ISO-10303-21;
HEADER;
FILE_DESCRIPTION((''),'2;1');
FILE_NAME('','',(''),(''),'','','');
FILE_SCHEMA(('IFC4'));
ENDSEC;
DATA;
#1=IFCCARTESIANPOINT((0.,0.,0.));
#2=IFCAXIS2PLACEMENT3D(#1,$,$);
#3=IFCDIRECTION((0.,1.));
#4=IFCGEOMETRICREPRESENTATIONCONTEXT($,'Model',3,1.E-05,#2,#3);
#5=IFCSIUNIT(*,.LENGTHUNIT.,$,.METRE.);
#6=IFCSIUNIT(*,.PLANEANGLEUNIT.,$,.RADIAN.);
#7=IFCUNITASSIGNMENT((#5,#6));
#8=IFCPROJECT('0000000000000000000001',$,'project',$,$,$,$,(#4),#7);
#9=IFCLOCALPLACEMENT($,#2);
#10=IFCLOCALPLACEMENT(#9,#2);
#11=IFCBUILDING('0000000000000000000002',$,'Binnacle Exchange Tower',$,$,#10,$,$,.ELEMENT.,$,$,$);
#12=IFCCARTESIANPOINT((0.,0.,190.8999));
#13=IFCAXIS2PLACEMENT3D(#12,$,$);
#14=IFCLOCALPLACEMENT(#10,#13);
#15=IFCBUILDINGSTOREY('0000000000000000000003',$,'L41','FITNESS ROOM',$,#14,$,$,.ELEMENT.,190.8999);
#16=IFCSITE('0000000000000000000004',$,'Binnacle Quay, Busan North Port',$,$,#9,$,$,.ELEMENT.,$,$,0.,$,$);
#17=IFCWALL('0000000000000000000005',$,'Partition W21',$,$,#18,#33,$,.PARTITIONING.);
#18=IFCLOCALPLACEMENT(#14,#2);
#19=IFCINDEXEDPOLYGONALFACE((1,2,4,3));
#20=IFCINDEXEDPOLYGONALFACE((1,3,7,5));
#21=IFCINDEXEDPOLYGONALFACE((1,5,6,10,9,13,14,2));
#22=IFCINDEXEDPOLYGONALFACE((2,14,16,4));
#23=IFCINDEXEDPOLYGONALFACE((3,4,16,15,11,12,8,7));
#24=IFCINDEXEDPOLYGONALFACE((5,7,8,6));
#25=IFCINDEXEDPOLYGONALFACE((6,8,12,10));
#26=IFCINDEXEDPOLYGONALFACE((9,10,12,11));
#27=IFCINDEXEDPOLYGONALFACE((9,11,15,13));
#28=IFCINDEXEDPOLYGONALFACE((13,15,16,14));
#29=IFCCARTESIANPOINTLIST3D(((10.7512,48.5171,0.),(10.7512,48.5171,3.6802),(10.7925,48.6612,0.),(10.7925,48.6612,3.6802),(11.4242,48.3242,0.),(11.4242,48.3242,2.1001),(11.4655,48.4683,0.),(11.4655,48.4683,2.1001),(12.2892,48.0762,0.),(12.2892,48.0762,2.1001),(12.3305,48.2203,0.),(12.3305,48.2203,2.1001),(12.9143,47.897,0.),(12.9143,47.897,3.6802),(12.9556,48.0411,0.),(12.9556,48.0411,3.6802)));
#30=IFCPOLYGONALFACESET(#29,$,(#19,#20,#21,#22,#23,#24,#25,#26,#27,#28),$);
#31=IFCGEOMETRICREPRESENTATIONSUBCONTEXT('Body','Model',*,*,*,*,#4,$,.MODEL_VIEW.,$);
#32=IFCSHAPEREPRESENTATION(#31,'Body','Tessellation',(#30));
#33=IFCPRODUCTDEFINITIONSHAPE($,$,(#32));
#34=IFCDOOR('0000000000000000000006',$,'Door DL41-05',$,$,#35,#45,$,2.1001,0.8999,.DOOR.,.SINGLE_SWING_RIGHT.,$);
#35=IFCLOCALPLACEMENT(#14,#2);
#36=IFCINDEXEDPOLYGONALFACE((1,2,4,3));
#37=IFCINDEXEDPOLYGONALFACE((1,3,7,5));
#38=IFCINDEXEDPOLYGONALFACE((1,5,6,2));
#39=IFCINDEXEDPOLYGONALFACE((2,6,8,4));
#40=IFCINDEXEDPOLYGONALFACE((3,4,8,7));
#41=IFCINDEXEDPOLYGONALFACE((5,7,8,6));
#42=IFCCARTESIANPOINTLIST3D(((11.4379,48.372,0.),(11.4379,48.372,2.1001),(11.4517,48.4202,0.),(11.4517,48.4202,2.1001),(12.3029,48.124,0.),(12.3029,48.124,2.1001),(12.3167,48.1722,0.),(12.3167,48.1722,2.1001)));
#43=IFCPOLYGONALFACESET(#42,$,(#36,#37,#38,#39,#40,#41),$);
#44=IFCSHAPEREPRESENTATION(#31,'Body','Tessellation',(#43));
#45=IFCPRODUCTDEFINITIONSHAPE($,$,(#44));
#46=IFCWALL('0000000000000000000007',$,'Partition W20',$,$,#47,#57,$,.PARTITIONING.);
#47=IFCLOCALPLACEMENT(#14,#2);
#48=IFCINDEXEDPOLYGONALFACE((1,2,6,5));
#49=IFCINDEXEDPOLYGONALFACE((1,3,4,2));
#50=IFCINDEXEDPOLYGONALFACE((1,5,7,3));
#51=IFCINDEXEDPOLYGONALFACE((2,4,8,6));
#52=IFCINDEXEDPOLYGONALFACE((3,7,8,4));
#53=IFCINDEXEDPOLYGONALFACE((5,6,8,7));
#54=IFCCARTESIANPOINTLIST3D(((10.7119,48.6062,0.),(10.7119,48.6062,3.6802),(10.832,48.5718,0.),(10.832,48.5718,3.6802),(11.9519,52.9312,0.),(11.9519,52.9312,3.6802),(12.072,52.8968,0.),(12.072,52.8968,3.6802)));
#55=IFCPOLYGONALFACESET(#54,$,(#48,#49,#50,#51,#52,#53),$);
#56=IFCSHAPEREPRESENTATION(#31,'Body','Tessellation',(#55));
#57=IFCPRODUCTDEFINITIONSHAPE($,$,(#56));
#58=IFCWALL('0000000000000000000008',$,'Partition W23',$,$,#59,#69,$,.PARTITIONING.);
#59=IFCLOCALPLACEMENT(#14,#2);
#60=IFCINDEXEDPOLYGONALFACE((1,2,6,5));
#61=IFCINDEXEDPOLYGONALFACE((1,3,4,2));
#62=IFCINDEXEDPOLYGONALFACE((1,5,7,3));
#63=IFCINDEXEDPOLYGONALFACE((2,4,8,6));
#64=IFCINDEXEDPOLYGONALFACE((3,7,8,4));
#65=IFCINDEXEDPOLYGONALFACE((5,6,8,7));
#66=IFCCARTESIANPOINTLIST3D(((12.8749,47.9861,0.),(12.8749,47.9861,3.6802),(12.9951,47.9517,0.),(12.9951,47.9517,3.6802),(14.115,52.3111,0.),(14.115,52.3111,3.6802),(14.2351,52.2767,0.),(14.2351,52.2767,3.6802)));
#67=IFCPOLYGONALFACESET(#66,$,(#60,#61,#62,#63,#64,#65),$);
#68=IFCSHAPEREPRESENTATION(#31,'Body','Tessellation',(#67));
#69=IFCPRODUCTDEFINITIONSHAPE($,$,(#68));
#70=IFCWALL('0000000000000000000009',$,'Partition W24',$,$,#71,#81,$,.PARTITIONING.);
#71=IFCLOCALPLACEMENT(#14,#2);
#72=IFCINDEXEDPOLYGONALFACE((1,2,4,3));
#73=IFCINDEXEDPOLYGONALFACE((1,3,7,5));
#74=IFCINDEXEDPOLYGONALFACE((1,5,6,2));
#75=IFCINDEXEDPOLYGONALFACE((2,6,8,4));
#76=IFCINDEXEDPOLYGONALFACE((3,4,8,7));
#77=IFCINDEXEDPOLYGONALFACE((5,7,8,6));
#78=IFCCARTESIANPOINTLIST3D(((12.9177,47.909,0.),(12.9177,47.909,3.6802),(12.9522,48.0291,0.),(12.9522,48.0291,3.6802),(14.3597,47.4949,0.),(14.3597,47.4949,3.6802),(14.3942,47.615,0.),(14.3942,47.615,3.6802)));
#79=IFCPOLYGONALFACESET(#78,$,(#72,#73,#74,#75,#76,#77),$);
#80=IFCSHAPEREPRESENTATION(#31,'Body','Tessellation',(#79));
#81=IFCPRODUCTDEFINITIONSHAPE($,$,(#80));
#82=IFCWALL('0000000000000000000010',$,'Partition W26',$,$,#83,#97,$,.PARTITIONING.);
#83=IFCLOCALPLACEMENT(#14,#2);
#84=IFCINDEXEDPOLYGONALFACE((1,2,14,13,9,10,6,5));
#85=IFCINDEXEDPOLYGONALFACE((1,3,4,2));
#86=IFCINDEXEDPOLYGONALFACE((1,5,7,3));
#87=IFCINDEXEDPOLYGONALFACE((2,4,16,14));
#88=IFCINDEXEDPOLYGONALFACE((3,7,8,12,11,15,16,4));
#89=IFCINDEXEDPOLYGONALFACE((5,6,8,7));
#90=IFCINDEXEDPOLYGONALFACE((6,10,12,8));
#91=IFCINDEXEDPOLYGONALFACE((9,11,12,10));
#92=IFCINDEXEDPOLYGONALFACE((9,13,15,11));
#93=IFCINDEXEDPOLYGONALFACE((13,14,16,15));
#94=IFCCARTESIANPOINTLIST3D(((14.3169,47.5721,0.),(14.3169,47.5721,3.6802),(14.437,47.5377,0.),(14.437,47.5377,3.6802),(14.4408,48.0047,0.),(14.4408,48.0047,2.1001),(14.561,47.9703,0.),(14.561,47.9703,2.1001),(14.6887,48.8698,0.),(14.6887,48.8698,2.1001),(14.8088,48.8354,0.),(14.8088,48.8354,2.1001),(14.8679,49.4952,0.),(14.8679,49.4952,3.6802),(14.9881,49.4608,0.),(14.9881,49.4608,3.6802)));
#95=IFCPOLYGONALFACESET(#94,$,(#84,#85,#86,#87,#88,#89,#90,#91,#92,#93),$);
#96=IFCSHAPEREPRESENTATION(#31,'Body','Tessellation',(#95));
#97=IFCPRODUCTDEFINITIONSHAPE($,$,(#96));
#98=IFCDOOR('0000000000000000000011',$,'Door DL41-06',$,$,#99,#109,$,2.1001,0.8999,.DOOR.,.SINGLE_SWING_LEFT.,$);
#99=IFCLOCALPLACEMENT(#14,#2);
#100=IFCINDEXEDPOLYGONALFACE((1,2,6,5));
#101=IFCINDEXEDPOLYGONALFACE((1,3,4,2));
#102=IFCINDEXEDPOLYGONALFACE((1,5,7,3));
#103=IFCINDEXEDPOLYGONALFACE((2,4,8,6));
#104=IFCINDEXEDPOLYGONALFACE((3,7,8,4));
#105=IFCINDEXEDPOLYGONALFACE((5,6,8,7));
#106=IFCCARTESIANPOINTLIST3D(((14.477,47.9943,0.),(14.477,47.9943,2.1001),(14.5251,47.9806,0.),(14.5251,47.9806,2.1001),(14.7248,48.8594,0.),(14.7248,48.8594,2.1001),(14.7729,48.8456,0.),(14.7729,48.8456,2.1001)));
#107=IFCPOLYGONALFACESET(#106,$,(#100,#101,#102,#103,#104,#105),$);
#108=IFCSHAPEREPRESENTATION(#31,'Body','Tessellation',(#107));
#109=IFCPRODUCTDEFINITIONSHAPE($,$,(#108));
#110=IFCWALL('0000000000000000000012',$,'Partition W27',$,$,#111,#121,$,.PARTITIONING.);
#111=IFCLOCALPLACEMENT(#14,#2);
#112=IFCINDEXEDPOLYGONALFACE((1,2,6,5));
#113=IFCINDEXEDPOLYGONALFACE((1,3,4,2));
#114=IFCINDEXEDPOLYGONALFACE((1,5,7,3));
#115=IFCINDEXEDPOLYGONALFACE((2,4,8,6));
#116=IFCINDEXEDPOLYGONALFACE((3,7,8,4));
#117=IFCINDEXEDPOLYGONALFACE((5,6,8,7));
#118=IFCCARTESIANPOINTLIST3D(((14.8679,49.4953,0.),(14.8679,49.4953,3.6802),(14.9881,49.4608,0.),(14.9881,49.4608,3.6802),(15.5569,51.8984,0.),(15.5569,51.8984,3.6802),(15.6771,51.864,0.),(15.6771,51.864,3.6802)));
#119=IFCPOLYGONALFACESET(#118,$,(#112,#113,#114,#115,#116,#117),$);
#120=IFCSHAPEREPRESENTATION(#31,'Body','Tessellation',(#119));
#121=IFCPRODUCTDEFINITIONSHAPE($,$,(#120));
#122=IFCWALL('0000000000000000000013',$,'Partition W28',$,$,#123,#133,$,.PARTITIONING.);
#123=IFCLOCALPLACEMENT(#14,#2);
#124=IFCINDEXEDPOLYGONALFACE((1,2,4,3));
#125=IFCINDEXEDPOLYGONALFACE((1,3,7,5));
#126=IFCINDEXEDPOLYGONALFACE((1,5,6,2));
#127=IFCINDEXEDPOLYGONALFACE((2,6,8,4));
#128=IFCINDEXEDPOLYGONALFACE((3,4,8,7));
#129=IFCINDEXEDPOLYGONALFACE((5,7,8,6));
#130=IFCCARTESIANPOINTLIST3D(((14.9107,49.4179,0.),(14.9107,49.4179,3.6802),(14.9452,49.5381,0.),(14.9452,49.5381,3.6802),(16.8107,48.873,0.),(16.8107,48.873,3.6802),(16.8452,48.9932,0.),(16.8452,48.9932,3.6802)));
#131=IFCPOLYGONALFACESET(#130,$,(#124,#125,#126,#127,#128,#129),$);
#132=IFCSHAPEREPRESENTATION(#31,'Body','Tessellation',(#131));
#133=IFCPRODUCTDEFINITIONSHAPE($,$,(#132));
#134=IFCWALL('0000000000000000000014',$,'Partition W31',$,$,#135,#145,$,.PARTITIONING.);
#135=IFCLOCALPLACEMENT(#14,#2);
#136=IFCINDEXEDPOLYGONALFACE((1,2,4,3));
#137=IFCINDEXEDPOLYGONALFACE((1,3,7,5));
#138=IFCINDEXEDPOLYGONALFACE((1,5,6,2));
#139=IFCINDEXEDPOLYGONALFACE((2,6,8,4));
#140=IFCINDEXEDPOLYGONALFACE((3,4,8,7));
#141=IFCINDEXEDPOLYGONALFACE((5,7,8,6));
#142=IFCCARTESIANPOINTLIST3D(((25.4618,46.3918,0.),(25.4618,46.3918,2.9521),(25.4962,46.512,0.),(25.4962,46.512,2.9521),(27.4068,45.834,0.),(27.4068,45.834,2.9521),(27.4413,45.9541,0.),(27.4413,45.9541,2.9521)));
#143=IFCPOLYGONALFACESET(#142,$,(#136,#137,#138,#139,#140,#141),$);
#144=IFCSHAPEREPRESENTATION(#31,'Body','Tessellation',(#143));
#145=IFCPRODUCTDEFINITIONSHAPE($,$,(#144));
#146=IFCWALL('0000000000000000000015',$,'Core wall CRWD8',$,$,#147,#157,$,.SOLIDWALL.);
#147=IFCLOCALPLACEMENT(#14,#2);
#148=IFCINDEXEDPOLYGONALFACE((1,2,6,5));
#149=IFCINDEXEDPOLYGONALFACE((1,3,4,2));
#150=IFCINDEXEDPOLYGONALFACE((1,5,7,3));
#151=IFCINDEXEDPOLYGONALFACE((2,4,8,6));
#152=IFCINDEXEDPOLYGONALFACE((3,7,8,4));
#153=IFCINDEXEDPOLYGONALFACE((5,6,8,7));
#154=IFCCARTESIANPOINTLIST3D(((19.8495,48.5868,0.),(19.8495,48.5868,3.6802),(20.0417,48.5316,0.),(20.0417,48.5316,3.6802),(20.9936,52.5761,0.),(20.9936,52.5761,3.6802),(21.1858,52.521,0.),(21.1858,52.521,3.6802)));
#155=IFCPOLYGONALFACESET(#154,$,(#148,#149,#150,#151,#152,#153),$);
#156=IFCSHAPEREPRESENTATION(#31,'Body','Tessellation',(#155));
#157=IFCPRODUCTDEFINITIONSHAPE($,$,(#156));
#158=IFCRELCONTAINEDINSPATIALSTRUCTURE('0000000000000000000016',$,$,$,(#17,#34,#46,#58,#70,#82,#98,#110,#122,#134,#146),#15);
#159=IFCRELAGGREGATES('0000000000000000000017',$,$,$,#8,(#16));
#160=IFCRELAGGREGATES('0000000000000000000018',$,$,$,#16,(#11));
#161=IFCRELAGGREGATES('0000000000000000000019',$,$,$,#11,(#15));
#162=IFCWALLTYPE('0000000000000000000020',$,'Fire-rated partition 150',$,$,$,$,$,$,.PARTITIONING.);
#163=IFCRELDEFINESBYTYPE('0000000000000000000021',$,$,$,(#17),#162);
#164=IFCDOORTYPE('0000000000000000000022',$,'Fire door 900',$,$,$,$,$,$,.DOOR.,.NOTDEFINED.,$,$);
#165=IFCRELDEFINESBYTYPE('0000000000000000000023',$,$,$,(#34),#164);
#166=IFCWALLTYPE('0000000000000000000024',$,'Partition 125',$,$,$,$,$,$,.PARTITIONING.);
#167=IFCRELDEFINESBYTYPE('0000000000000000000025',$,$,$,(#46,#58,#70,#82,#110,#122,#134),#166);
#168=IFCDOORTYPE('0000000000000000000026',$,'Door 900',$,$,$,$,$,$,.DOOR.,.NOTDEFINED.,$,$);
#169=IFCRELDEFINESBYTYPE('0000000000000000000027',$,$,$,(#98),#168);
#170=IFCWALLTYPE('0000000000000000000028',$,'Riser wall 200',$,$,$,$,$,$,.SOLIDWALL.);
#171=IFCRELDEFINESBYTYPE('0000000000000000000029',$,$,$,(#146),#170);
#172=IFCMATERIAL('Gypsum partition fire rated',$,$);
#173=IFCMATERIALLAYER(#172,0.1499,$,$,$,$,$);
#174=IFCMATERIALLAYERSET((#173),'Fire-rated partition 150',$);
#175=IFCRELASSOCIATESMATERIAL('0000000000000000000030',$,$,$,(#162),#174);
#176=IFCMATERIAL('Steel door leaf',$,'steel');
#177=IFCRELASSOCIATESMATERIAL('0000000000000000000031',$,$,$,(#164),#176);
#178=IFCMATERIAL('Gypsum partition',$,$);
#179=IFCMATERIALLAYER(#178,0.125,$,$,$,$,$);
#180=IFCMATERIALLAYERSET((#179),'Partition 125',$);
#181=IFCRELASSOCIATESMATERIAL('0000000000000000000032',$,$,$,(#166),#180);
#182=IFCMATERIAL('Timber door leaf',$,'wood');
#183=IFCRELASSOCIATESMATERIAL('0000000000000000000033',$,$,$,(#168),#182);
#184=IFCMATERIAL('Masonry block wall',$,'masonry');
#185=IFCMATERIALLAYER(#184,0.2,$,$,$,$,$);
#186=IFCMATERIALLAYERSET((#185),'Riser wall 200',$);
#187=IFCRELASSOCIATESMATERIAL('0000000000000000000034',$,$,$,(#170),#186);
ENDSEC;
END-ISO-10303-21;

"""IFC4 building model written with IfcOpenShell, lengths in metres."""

from ifc_helpers import new_model, si_unit, direction, frame, frame_2d, origin, place, context, subcontext, project, spatial, rectangle, extrude, material, layer, layer_set, type_object, element, fill, save


model = new_model("IFC4")

# Units and contexts
model_context = context("Model", 3, precision=1e-05, world=origin(), true_north=direction((0.0, 1.0)))
body_context = subcontext(model_context, "Body", "Model", "MODEL_VIEW")
ifc_project = project(units=[si_unit("LENGTHUNIT", "METRE"), si_unit("PLANEANGLEUNIT", "RADIAN")], contexts=[model_context])

# Site, building, storey
site_placement = place(None, origin())
site = spatial("IfcSite", under=ifc_project, at=site_placement, Name="Binnacle Quay, Busan North Port", CompositionType="ELEMENT", RefElevation=0.0)
building_placement = place(site_placement, origin())
building = spatial("IfcBuilding", under=site, at=building_placement, Name="Binnacle Exchange Tower", CompositionType="ELEMENT")
storey_placement = place(building_placement, frame((0.0, 0.0, 190.8999)))
storey = spatial("IfcBuildingStorey", under=building, at=storey_placement, Name="L41", Description="FITNESS ROOM", CompositionType="ELEMENT", Elevation=190.8999)

# Wall, opening, door
ifc_material_1 = material(Name="Steel door leaf", Category="steel")
ifc_material_2 = material(Name="Gypsum partition fire rated")
ifc_layer_1 = layer(ifc_material_2, 0.1499)
ifc_layer_set_1 = layer_set([ifc_layer_1], Name="Fire-rated partition 150")
wall_type_1 = type_object("IfcWallType", Name="Fire-rated partition 150", PredefinedType="PARTITIONING", material=ifc_layer_set_1)
wall_1_placement = place(storey_placement, frame((10.772, 48.5891, 0.0), z_axis=(0.0, 0.0, 1.0), x_axis=(0.961278, -0.275581, 0.0)))
wall_1 = element("IfcWall", 1, at=wall_1_placement, inside=storey, type_object=wall_type_1, Name="Partition W21", PredefinedType="PARTITIONING", context=body_context, shape_type="SweptSolid", body=[
    extrude(rectangle(XDim=2.2502, YDim=0.1499, at=frame_2d((1.125, 0.0))), origin(), (0.0, 0.0, 1.0), 3.6802),
])
opening_1_placement = place(wall_1_placement, frame((0.7, 0.0, 0.0)))
opening_1 = element("IfcOpeningElement", 2, at=opening_1_placement, cuts=wall_1, PredefinedType="OPENING", context=body_context, shape_type="SweptSolid", body=[
    extrude(rectangle(XDim=0.8999, YDim=2.1001, at=frame_2d((0.45, 1.05))), frame((0.0, 0.085, 0.0), z_axis=(0.0, -1.0, 0.0), x_axis=(1.0, 0.0, 0.0)), (0.0, 0.0, 1.0), 0.1699),
])
door_type_1 = type_object("IfcDoorType", Name="Fire door 900", OperationType="NOTDEFINED", PredefinedType="DOOR", material=ifc_material_1)
door_1_placement = place(opening_1_placement, origin())
door_1 = element("IfcDoor", 3, at=door_1_placement, inside=storey, type_object=door_type_1, Name="Door DL41-05", OperationType="SINGLE_SWING_RIGHT", OverallHeight=2.1001, OverallWidth=0.8999, PredefinedType="DOOR", context=body_context, shape_type="SweptSolid", body=[
    extrude(rectangle(XDim=0.8999, YDim=2.1001, at=frame_2d((0.45, 1.05))), frame((0.0, 0.0249, 0.0), z_axis=(0.0, -1.0, 0.0), x_axis=(1.0, 0.0, 0.0)), (0.0, 0.0, 1.0), 0.05),
])
fill(opening_1, door_1)

# Walls
ifc_material_3 = material(Name="Gypsum partition")
ifc_layer_2 = layer(ifc_material_3, 0.125)
ifc_layer_set_2 = layer_set([ifc_layer_2], Name="Partition 125")
wall_type_2 = type_object("IfcWallType", Name="Partition 125", PredefinedType="PARTITIONING", material=ifc_layer_set_2)
for number, where, z_axis, x_axis, name in (
    (4, (10.772, 48.5891, 0.0), (0.0, 0.0, 1.0), (0.275603, 0.961272, 0.0), "Partition W20"),
    (5, (12.9351, 47.969, 0.0), (0.0, 0.0, 1.0), (0.275603, 0.961272, 0.0), "Partition W23"),
):
    element("IfcWall", number, at=place(storey_placement, frame(where, z_axis=z_axis, x_axis=x_axis)), inside=storey, type_object=wall_type_2, Name=name, PredefinedType="PARTITIONING", context=body_context, shape_type="SweptSolid", body=[
        extrude(rectangle(XDim=4.4993, YDim=0.125, at=frame_2d((2.2495, 0.0))), origin(), (0.0, 0.0, 1.0), 3.6802),
    ])
wall_2_placement = place(storey_placement, frame((12.9351, 47.969, 0.0), z_axis=(0.0, 0.0, 1.0), x_axis=(0.961155, -0.276011, 0.0)))
element("IfcWall", 6, at=wall_2_placement, inside=storey, type_object=wall_type_2, Name="Partition W24", PredefinedType="PARTITIONING", context=body_context, shape_type="SweptSolid", body=[
    extrude(rectangle(XDim=1.5002, YDim=0.125, at=frame_2d((0.75, 0.0))), origin(), (0.0, 0.0, 1.0), 3.6802),
])

# Wall, opening, door
wall_3_placement = place(storey_placement, frame((14.377, 47.5549, 0.0), z_axis=(0.0, 0.0, 1.0), x_axis=(0.275446, 0.961316, 0.0)))
wall_3 = element("IfcWall", 7, at=wall_3_placement, inside=storey, type_object=wall_type_2, Name="Partition W26", PredefinedType="PARTITIONING", context=body_context, shape_type="SweptSolid", body=[
    extrude(rectangle(XDim=2.0005, YDim=0.125, at=frame_2d((1.0002, 0.0))), origin(), (0.0, 0.0, 1.0), 3.6802),
])
opening_2_placement = place(wall_3_placement, frame((0.45, 0.0, 0.0)))
opening_2 = element("IfcOpeningElement", 8, at=opening_2_placement, cuts=wall_3, PredefinedType="OPENING", context=body_context, shape_type="SweptSolid", body=[
    extrude(rectangle(XDim=0.8999, YDim=2.1001, at=frame_2d((0.45, 1.05))), frame((0.0, 0.0725, 0.0), z_axis=(0.0, -1.0, 0.0), x_axis=(1.0, 0.0, 0.0)), (0.0, 0.0, 1.0), 0.145),
])
ifc_material_4 = material(Name="Timber door leaf", Category="wood")
door_type_2 = type_object("IfcDoorType", Name="Door 900", OperationType="NOTDEFINED", PredefinedType="DOOR", material=ifc_material_4)
door_2_placement = place(opening_2_placement, origin())
door_2 = element("IfcDoor", 9, at=door_2_placement, inside=storey, type_object=door_type_2, Name="Door DL41-06", OperationType="SINGLE_SWING_LEFT", OverallHeight=2.1001, OverallWidth=0.8999, PredefinedType="DOOR", context=body_context, shape_type="SweptSolid", body=[
    extrude(rectangle(XDim=0.8999, YDim=2.1001, at=frame_2d((0.45, 1.05))), frame((0.0, 0.0249, 0.0), z_axis=(0.0, -1.0, 0.0), x_axis=(1.0, 0.0, 0.0)), (0.0, 0.0, 1.0), 0.05),
])
fill(opening_2, door_2)

# Walls
wall_4_placement = place(storey_placement, frame((14.928, 49.478, 0.0), z_axis=(0.0, 0.0, 1.0), x_axis=(0.275598, 0.961273, 0.0)))
element("IfcWall", 10, at=wall_4_placement, inside=storey, type_object=wall_type_2, Name="Partition W27", PredefinedType="PARTITIONING", context=body_context, shape_type="SweptSolid", body=[
    extrude(rectangle(XDim=2.5, YDim=0.125, at=frame_2d((1.25, 0.0))), origin(), (0.0, 0.0, 1.0), 3.6802),
])
wall_5_placement = place(storey_placement, frame((14.928, 49.478, 0.0), z_axis=(0.0, 0.0, 1.0), x_axis=(0.961244, -0.2757, 0.0)))
element("IfcWall", 11, at=wall_5_placement, inside=storey, type_object=wall_type_2, Name="Partition W28", PredefinedType="PARTITIONING", context=body_context, shape_type="SweptSolid", body=[
    extrude(rectangle(XDim=1.9766, YDim=0.125, at=frame_2d((0.9883, 0.0))), origin(), (0.0, 0.0, 1.0), 3.6802),
])
wall_6_placement = place(storey_placement, frame((25.479, 46.4519, 0.0), z_axis=(0.0, 0.0, 1.0), x_axis=(0.961246, -0.275693, 0.0)))
element("IfcWall", 12, at=wall_6_placement, inside=storey, type_object=wall_type_2, Name="Partition W31", PredefinedType="PARTITIONING", context=body_context, shape_type="SweptSolid", body=[
    extrude(rectangle(XDim=2.0234, YDim=0.125, at=frame_2d((1.0117, 0.0))), origin(), (0.0, 0.0, 1.0), 2.9521),
])
ifc_material_5 = material(Name="Masonry block wall", Category="masonry")
ifc_layer_3 = layer(ifc_material_5, 0.2)
ifc_layer_set_3 = layer_set([ifc_layer_3], Name="Riser wall 200")
wall_type_3 = type_object("IfcWallType", Name="Riser wall 200", PredefinedType="SOLIDWALL", material=ifc_layer_set_3)
wall_7_placement = place(storey_placement, frame((19.9456, 48.5591, 0.0), z_axis=(0.0, 0.0, 1.0), x_axis=(0.275669, 0.961253, 0.0)))
element("IfcWall", 13, at=wall_7_placement, inside=storey, type_object=wall_type_3, Name="Core wall CRWD8", PredefinedType="SOLIDWALL", context=body_context, shape_type="SweptSolid", body=[
    extrude(rectangle(XDim=4.1501, YDim=0.2, at=frame_2d((2.0752, 0.0))), origin(), (0.0, 0.0, 1.0), 3.6802),
])

save(model, "model.ifc")
